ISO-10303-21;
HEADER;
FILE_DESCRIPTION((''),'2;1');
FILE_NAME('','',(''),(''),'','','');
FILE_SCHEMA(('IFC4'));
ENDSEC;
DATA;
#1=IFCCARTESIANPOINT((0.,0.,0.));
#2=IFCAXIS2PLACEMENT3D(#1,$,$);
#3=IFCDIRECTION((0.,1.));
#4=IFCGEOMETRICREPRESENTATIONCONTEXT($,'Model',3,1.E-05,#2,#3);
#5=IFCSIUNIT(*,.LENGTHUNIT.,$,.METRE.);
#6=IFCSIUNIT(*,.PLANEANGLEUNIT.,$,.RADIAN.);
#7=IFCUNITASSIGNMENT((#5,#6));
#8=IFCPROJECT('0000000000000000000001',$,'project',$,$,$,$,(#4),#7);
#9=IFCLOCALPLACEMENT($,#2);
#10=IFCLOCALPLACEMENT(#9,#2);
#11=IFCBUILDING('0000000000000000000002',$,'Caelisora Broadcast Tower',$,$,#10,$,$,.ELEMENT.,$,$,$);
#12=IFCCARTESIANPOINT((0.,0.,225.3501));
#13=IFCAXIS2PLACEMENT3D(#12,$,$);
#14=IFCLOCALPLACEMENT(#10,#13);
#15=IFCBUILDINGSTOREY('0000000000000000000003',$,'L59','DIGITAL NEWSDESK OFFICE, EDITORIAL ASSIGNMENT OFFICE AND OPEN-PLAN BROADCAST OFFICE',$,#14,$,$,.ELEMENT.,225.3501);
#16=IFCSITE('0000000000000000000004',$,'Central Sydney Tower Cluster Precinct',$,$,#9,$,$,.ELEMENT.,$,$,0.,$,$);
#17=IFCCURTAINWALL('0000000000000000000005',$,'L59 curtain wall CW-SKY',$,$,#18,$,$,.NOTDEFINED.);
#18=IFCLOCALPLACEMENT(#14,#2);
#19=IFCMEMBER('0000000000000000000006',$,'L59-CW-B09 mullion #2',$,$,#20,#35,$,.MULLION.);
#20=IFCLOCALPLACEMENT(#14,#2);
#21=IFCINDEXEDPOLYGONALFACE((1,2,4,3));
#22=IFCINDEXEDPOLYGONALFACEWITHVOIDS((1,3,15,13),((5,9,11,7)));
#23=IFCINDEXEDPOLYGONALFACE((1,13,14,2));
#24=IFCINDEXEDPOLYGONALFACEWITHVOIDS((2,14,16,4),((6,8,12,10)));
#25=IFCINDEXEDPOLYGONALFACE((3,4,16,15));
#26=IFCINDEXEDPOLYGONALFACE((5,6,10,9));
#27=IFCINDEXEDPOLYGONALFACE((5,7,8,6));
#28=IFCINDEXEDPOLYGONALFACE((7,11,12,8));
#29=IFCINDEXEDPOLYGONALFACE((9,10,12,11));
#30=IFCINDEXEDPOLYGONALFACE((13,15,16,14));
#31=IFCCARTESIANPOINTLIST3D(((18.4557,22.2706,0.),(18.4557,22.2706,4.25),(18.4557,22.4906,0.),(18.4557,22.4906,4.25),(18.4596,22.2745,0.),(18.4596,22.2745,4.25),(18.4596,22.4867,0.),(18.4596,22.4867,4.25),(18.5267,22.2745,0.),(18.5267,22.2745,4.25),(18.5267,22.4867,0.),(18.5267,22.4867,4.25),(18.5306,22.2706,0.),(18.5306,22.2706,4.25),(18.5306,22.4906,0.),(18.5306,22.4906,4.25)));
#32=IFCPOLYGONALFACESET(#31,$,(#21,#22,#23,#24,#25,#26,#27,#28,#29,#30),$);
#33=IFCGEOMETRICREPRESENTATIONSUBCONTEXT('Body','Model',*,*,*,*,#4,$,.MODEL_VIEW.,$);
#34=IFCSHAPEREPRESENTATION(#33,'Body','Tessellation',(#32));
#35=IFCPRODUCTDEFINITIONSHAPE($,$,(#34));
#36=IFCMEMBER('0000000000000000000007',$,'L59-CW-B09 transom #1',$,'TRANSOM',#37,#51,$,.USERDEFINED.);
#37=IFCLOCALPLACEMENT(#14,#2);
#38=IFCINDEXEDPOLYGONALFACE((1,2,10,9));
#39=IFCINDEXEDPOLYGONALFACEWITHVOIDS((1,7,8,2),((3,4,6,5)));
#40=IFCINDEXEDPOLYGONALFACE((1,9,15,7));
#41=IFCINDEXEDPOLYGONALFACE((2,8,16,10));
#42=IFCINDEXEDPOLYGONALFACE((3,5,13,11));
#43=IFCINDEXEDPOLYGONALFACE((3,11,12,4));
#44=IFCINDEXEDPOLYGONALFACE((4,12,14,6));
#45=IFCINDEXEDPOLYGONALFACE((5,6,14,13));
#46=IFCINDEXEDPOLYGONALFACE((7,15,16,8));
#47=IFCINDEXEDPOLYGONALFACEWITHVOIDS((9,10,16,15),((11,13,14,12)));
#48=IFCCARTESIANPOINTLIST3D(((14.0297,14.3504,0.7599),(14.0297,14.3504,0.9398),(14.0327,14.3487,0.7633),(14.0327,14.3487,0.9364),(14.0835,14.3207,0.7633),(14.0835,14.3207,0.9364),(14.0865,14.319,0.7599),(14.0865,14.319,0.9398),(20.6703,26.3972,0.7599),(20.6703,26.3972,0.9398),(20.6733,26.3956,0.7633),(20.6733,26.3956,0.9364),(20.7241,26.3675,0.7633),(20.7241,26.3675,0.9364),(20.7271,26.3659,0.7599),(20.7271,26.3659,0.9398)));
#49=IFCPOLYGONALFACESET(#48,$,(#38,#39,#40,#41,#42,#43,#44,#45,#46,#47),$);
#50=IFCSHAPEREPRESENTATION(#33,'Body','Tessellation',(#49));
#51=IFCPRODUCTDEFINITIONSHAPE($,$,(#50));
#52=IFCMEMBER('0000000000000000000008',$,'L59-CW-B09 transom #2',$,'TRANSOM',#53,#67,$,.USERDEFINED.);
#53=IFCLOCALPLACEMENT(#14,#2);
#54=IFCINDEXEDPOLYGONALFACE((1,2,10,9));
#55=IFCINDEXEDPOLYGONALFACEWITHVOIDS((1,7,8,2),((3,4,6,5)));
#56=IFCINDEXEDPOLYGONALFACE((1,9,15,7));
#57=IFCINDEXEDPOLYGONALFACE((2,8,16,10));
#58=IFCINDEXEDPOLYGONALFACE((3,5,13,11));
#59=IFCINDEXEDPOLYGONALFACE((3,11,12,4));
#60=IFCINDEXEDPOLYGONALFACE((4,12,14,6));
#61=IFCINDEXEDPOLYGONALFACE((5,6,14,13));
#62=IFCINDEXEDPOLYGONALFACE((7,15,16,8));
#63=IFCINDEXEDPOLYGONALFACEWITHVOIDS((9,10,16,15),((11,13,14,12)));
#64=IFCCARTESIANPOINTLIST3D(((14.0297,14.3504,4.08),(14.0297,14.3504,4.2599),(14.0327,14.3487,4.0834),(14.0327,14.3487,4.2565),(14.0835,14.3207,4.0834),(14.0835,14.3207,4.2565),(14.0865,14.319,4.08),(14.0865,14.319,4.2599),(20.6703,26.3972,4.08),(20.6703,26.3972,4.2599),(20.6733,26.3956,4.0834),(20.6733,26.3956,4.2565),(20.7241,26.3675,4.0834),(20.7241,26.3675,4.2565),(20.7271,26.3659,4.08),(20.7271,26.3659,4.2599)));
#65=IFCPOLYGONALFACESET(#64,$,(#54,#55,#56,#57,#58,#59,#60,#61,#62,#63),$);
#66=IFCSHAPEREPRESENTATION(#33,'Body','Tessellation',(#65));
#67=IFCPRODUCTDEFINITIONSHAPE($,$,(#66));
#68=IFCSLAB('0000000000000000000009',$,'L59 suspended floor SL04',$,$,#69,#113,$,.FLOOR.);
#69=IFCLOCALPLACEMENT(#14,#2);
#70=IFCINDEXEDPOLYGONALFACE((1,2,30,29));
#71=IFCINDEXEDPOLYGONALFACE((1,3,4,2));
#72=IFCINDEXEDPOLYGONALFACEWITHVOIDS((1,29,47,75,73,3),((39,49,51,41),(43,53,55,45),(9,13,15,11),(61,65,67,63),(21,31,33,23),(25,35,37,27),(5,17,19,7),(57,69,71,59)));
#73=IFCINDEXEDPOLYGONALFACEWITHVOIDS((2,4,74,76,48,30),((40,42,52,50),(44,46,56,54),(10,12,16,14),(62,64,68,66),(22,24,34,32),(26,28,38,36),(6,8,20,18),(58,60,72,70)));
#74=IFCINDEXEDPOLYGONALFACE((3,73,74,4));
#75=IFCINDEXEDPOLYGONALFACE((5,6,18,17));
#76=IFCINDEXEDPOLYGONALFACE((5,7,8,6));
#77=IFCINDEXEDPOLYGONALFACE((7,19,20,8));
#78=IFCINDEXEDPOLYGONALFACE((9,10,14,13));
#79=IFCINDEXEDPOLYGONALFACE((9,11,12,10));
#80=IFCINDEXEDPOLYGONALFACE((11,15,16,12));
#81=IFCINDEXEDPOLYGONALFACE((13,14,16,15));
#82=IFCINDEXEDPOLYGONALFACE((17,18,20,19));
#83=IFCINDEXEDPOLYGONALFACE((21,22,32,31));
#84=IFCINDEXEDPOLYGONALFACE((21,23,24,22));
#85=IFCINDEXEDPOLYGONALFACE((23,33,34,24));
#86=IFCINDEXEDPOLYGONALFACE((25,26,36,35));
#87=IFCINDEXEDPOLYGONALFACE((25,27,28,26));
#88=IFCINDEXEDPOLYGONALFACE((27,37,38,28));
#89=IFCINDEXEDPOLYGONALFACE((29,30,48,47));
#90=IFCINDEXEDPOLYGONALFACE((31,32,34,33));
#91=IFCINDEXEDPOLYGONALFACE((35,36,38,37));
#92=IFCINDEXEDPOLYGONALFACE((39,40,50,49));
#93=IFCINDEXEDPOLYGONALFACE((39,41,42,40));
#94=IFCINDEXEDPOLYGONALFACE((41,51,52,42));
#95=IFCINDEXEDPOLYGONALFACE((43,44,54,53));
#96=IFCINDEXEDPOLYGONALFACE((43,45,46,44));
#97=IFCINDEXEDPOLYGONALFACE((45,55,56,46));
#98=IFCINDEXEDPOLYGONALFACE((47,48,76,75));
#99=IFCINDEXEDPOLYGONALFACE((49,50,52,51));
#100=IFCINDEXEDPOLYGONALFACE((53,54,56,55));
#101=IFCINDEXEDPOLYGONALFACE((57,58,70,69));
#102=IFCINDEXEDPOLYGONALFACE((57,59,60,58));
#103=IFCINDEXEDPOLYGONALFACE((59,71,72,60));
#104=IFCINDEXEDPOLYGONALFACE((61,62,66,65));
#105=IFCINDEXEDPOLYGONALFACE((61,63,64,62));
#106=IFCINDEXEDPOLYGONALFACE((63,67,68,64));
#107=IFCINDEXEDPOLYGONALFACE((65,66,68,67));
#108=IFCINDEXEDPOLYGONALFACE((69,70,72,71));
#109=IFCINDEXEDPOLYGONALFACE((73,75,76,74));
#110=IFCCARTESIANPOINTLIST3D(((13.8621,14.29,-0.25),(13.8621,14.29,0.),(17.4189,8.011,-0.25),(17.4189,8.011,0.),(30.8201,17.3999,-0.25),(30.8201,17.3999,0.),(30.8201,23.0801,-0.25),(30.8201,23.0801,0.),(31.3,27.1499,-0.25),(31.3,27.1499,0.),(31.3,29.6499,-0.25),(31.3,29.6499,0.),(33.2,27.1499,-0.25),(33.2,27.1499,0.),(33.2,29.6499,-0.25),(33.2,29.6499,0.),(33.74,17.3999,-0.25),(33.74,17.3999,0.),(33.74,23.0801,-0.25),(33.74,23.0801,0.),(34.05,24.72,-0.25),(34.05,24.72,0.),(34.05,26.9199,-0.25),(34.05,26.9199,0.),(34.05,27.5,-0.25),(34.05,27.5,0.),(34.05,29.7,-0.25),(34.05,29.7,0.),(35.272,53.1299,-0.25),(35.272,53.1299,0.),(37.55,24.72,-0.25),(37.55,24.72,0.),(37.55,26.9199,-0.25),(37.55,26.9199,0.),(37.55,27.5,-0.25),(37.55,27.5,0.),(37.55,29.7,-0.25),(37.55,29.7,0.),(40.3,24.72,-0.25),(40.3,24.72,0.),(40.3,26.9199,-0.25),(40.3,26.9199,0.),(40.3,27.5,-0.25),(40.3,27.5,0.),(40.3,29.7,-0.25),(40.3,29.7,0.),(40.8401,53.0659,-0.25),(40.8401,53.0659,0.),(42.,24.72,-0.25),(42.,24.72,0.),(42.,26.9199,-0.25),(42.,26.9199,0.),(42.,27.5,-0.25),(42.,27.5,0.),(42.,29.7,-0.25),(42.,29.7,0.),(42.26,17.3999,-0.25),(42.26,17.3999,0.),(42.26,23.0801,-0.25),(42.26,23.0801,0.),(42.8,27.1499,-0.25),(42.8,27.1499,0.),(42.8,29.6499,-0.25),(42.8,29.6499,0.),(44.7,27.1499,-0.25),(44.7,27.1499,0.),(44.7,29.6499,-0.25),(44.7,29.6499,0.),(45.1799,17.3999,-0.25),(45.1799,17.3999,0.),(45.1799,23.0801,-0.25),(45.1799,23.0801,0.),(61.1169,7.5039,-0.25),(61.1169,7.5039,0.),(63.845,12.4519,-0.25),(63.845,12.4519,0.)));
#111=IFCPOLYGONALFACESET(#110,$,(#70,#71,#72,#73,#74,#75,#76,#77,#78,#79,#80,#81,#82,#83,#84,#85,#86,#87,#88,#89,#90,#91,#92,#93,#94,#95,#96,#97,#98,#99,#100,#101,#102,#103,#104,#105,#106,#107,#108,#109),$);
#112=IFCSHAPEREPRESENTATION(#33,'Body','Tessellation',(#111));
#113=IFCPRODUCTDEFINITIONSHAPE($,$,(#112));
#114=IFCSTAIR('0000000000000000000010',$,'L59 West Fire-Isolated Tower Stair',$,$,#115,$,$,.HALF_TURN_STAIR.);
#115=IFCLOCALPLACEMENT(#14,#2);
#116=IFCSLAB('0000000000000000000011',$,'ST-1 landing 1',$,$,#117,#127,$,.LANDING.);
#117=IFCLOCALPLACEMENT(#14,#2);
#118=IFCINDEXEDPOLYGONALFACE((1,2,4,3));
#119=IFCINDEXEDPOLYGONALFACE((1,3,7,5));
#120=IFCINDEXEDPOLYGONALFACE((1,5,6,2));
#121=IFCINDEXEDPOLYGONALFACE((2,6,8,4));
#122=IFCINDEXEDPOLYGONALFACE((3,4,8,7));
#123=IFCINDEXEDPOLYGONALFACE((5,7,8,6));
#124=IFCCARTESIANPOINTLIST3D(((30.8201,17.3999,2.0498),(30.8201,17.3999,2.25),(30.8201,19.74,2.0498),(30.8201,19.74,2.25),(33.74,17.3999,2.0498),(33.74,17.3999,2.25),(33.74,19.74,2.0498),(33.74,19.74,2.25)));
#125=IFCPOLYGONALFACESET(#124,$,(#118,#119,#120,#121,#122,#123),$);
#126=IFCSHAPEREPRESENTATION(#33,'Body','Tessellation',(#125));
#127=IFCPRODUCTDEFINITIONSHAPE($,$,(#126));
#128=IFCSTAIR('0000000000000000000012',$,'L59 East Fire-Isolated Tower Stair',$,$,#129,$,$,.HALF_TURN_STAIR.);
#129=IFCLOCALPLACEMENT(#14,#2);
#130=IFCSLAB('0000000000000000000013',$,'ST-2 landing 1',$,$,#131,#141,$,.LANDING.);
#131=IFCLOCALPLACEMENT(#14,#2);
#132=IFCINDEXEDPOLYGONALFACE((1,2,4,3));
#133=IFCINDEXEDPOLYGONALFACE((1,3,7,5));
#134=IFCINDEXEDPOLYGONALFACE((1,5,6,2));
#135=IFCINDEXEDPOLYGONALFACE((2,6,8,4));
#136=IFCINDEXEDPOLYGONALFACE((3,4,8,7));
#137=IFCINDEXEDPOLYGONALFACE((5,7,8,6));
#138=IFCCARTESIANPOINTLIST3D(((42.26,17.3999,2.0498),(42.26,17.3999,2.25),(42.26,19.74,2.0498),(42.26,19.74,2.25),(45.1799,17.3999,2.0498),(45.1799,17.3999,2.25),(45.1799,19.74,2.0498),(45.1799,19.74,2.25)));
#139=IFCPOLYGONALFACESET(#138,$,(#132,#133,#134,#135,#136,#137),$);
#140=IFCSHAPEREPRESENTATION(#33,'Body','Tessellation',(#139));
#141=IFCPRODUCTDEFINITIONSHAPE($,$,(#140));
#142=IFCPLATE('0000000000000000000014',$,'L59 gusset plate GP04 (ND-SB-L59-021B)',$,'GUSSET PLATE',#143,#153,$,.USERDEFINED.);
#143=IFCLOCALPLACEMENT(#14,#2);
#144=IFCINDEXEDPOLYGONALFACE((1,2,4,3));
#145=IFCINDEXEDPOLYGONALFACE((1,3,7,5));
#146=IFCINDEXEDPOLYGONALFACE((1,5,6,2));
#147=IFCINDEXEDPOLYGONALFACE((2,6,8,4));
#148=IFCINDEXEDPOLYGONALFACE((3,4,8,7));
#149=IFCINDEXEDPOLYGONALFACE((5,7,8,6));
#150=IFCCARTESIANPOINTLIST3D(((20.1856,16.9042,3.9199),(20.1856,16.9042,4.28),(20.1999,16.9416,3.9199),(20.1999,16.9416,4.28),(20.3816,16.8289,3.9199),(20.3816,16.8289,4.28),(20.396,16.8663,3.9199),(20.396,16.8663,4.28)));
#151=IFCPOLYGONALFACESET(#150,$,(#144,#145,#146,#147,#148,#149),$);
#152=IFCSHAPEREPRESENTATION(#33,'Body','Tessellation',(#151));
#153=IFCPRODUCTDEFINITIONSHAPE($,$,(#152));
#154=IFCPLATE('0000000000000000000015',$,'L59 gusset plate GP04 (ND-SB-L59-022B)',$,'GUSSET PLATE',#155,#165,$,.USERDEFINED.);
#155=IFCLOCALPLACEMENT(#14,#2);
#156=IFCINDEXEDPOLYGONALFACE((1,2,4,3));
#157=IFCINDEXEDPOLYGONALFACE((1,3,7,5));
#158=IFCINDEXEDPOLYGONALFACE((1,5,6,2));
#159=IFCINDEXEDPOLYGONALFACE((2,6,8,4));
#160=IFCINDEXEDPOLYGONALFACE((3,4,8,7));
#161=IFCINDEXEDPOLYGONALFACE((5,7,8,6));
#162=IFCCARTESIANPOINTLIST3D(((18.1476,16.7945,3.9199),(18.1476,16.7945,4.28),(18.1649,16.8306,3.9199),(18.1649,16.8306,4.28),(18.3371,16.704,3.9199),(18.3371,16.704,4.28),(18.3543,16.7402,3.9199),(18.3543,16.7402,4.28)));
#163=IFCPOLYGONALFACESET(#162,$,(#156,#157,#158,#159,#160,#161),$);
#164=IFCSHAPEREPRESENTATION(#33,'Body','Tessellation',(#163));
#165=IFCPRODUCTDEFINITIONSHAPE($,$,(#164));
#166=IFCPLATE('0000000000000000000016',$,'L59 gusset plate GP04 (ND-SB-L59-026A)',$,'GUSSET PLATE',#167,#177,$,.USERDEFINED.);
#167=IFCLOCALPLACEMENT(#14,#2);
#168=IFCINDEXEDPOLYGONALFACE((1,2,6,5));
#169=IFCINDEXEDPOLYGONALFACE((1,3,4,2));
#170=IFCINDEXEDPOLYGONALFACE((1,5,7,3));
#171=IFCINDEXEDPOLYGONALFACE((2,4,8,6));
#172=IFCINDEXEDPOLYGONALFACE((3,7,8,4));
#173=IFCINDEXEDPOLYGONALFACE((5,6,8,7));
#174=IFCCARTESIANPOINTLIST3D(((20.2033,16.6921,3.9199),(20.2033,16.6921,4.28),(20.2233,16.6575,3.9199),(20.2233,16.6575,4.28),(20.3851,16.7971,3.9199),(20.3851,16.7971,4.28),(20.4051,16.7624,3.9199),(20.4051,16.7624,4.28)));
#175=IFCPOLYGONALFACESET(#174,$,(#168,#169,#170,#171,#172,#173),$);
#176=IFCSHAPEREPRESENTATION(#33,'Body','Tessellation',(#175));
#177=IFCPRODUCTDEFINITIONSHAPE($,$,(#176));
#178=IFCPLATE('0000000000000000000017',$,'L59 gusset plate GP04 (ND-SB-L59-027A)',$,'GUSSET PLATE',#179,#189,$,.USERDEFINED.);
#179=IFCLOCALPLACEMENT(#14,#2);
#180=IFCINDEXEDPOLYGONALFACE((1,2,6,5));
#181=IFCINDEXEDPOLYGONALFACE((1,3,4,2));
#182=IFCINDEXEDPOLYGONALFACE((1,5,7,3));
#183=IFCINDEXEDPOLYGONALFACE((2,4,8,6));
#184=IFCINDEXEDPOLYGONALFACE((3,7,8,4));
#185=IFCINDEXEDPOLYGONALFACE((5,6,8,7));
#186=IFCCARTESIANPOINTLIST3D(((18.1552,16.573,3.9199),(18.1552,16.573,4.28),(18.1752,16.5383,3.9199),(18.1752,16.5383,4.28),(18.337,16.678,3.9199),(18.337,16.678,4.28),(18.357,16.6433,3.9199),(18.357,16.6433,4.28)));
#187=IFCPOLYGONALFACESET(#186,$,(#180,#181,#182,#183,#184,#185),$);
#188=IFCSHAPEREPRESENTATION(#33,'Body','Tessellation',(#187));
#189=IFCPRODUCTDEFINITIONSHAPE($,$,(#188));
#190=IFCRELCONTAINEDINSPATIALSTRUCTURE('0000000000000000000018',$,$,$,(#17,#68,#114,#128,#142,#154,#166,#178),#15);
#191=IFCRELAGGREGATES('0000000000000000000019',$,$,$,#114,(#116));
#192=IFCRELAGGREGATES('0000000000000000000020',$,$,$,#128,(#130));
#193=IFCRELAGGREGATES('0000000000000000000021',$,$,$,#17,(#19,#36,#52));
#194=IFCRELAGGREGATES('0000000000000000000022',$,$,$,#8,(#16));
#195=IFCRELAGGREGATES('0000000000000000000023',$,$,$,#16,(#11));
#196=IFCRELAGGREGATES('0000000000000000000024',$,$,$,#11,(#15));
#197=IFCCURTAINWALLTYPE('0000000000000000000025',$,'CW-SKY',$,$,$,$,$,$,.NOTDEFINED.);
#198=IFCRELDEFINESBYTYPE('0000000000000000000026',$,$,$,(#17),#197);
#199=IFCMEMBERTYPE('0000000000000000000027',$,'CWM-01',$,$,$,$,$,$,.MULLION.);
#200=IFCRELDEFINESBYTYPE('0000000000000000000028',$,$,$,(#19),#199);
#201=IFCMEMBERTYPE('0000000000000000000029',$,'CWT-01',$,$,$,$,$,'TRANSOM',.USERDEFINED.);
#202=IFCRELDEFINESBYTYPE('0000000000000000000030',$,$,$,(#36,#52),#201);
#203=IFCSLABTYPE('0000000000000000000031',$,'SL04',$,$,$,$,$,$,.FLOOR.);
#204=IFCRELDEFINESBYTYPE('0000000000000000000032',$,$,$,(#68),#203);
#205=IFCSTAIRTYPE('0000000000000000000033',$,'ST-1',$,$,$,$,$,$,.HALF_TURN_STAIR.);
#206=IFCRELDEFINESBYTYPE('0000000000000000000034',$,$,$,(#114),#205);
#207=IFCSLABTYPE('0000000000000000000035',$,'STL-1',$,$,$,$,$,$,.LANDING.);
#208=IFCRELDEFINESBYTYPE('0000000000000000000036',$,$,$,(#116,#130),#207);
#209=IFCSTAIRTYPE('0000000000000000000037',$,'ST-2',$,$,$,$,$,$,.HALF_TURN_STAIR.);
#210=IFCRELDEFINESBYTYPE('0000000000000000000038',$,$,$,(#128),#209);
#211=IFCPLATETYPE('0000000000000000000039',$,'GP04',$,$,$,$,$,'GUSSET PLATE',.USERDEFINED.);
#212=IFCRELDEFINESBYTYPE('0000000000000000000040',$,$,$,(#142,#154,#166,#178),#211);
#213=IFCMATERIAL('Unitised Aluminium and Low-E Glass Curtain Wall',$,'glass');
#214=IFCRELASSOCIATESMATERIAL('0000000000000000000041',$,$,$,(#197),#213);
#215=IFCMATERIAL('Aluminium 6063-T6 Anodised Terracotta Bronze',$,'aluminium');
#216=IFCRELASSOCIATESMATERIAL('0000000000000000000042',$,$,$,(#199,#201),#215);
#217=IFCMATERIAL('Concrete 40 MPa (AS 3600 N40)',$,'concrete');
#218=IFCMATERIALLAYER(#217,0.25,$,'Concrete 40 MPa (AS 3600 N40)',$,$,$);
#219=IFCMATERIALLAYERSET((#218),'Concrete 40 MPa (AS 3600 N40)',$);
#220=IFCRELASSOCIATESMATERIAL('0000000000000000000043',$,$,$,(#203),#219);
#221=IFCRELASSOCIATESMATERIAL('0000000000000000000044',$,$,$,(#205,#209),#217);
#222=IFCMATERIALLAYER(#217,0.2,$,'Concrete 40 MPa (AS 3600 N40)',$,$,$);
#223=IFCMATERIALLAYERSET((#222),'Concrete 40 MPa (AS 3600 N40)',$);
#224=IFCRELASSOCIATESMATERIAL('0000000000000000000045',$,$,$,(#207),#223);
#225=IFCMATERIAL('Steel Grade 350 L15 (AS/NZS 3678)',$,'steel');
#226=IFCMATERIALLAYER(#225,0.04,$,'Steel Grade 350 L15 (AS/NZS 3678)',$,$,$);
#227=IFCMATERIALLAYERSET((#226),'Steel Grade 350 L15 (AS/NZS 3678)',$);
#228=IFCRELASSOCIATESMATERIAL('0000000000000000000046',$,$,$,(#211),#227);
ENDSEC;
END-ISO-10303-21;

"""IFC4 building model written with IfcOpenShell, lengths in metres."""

from ifc_helpers import new_model, si_unit, direction, frame, origin, origin_2d, place, context, subcontext, project, spatial, polyline, rectangle, hollow_rectangle, outline, extrude, source, transform, mapped, material, layer, layer_set, material_profile, profile_set, type_object, type_shapes, element, aggregate, save


model = new_model("IFC4")

# Units and contexts
model_context = context("Model", 3, precision=1e-05, world=origin(), true_north=direction((0.0, 1.0)))
body_context = subcontext(model_context, "Body", "Model", "MODEL_VIEW")
ifc_project = project(units=[si_unit("LENGTHUNIT", "METRE"), si_unit("PLANEANGLEUNIT", "RADIAN")], contexts=[model_context])

# Site, building, storey
site_placement = place(None, origin())
site = spatial("IfcSite", under=ifc_project, at=site_placement, Name="Central Sydney Tower Cluster Precinct", CompositionType="ELEMENT", RefElevation=0.0)
building_placement = place(site_placement, origin())
building = spatial("IfcBuilding", under=site, at=building_placement, Name="Caelisora Broadcast Tower", CompositionType="ELEMENT")
storey_placement = place(building_placement, frame((0.0, 0.0, 225.3501)))
storey = spatial("IfcBuildingStorey", under=building, at=storey_placement, Name="L59", Description="DIGITAL NEWSDESK OFFICE, EDITORIAL ASSIGNMENT OFFICE AND OPEN-PLAN BROADCAST OFFICE", CompositionType="ELEMENT", Elevation=225.3501)

# Shared definitions
ifc_material_1 = material(Name="Steel Grade 350 L15 (AS/NZS 3678)", Category="steel")

# Shared definitions
ifc_material_2 = material(Name="Unitised Aluminium and Low-E Glass Curtain Wall", Category="glass")
curtain_wall_type = type_object("IfcCurtainWallType", Name="CW-SKY", PredefinedType="NOTDEFINED", material=ifc_material_2)
ifc_material_3 = material(Name="Aluminium 6063-T6 Anodised Terracotta Bronze", Category="aluminium")
ifc_material_profile_1 = material_profile(ifc_material_3, hollow_rectangle(XDim=0.075, YDim=0.22, WallThickness=0.0039, at=origin_2d()), Name="Aluminium 6063-T6 Anodised Terracotta Bronze")
ifc_profile_set_1 = profile_set([ifc_material_profile_1], Name="Aluminium 6063-T6 Anodised Terracotta Bronze")
member_type_1 = type_object("IfcMemberType", Name="CWM-01", PredefinedType="MULLION", material=ifc_profile_set_1)
shared_shape_1 = source(origin(), body_context, "Body", "SweptSolid", [
    extrude(hollow_rectangle(XDim=0.075, YDim=0.22, WallThickness=0.0039, at=origin_2d()), origin(), (0.0, 0.0, 1.0), 4.25),
])
type_shapes(member_type_1, [shared_shape_1])

# Curtain wall, members
curtain_wall_1_placement = place(storey_placement, origin())
curtain_wall_1 = element("IfcCurtainWall", 1, at=curtain_wall_1_placement, inside=storey, type_object=curtain_wall_type, Name="L59 curtain wall CW-SKY", PredefinedType="NOTDEFINED")
member_1_placement = place(storey_placement, frame((18.4932, 22.3806, 0.0), z_axis=(0.0, 0.0, 1.0), x_axis=(1.0, 0.0, 0.0)))
member_1 = element("IfcMember", 2, at=member_1_placement, type_object=member_type_1, Name="L59-CW-B09 mullion #2", PredefinedType="MULLION", context=body_context, shape_type="MappedRepresentation", body=[
    mapped(shared_shape_1, transform((0.0, 0.0, 0.0), scale=1.0)),
])
ifc_material_profile_2 = material_profile(ifc_material_3, hollow_rectangle(XDim=0.0649, YDim=0.1799, WallThickness=0.0034, at=origin_2d()), Name="Aluminium 6063-T6 Anodised Terracotta Bronze")
ifc_profile_set_2 = profile_set([ifc_material_profile_2], Name="Aluminium 6063-T6 Anodised Terracotta Bronze")
member_type_2 = type_object("IfcMemberType", Name="CWT-01", ElementType="TRANSOM", PredefinedType="USERDEFINED", material=ifc_profile_set_2)
shared_shape_2 = source(origin(), body_context, "Body", "SweptSolid", [
    extrude(hollow_rectangle(XDim=0.0649, YDim=0.1799, WallThickness=0.0034, at=origin_2d()), origin(), (0.0, 0.0, 1.0), 13.7559),
])
type_shapes(member_type_2, [shared_shape_2])
member_2_placement = place(storey_placement, frame((14.0581, 14.3347, 0.8499), z_axis=(0.482747, 0.87576, 0.0), x_axis=(-0.87576, 0.482747, 0.0)))
member_2 = element("IfcMember", 3, at=member_2_placement, type_object=member_type_2, Name="L59-CW-B09 transom #1", ObjectType="TRANSOM", PredefinedType="USERDEFINED", context=body_context, shape_type="MappedRepresentation", body=[
    mapped(shared_shape_2, transform((0.0, 0.0, 0.0), scale=1.0)),
])
member_3_placement = place(storey_placement, frame((14.0581, 14.3347, 4.1699), z_axis=(0.482747, 0.87576, 0.0), x_axis=(-0.87576, 0.482747, 0.0)))
member_3 = element("IfcMember", 4, at=member_3_placement, type_object=member_type_2, Name="L59-CW-B09 transom #2", ObjectType="TRANSOM", PredefinedType="USERDEFINED", context=body_context, shape_type="MappedRepresentation", body=[
    mapped(shared_shape_2, transform((0.0, 0.0, 0.0), scale=1.0)),
])

# Slab
ifc_material_4 = material(Name="Concrete 40 MPa (AS 3600 N40)", Category="concrete")
ifc_layer_1 = layer(ifc_material_4, 0.25, Name="Concrete 40 MPa (AS 3600 N40)")
ifc_layer_set_1 = layer_set([ifc_layer_1], Name="Concrete 40 MPa (AS 3600 N40)")
slab_type_1 = type_object("IfcSlabType", Name="SL04", PredefinedType="FLOOR", material=ifc_layer_set_1)
slab_1_placement = place(storey_placement, frame((0.0, 0.0, -0.25)))
element("IfcSlab", 5, at=slab_1_placement, inside=storey, type_object=slab_type_1, Name="L59 suspended floor SL04", PredefinedType="FLOOR", context=body_context, shape_type="SweptSolid", body=[
    extrude(outline(polyline([(40.8401, 53.0659), (35.272, 53.1299), (13.8621, 14.29), (17.4189, 8.011), (61.1169, 7.5039), (63.845, 12.4519), (40.8401, 53.0659)]), holes=[polyline([(30.8201, 17.3999), (33.74, 17.3999), (33.74, 23.0801), (30.8201, 23.0801), (30.8201, 17.3999)]), polyline([(42.26, 17.3999), (45.1799, 17.3999), (45.1799, 23.0801), (42.26, 23.0801), (42.26, 17.3999)]), polyline([(42.8, 27.1499), (44.7, 27.1499), (44.7, 29.6499), (42.8, 29.6499), (42.8, 27.1499)]), polyline([(40.3, 24.72), (42.0, 24.72), (42.0, 26.9199), (40.3, 26.9199), (40.3, 24.72)]), polyline([(40.3, 27.5), (42.0, 27.5), (42.0, 29.7), (40.3, 29.7), (40.3, 27.5)]), polyline([(34.05, 24.72), (37.55, 24.72), (37.55, 26.9199), (34.05, 26.9199), (34.05, 24.72)]), polyline([(34.05, 27.5), (37.55, 27.5), (37.55, 29.7), (34.05, 29.7), (34.05, 27.5)]), polyline([(31.3, 27.1499), (33.2, 27.1499), (33.2, 29.6499), (31.3, 29.6499), (31.3, 27.1499)])]), origin(), (0.0, 0.0, 1.0), 0.25),
])

# Stairs, slabs
stair_type_1 = type_object("IfcStairType", Name="ST-1", PredefinedType="HALF_TURN_STAIR", material=ifc_material_4)
stair_1_placement = place(storey_placement, origin())
stair_1 = element("IfcStair", 6, at=stair_1_placement, inside=storey, type_object=stair_type_1, Name="L59 West Fire-Isolated Tower Stair", PredefinedType="HALF_TURN_STAIR")
ifc_layer_2 = layer(ifc_material_4, 0.2, Name="Concrete 40 MPa (AS 3600 N40)")
ifc_layer_set_2 = layer_set([ifc_layer_2], Name="Concrete 40 MPa (AS 3600 N40)")
slab_type_2 = type_object("IfcSlabType", Name="STL-1", PredefinedType="LANDING", material=ifc_layer_set_2)
slab_2_placement = place(storey_placement, frame((0.0, 0.0, 2.0498)))
slab_2 = element("IfcSlab", 7, at=slab_2_placement, type_object=slab_type_2, Name="ST-1 landing 1", PredefinedType="LANDING", context=body_context, shape_type="SweptSolid", body=[
    extrude(outline(polyline([(30.8201, 19.74), (30.8201, 17.3999), (33.74, 17.3999), (33.74, 19.74), (30.8201, 19.74)])), origin(), (0.0, 0.0, 1.0), 0.2002),
])
aggregate(stair_1, [slab_2])
stair_type_2 = type_object("IfcStairType", Name="ST-2", PredefinedType="HALF_TURN_STAIR", material=ifc_material_4)
stair_2_placement = place(storey_placement, origin())
stair_2 = element("IfcStair", 8, at=stair_2_placement, inside=storey, type_object=stair_type_2, Name="L59 East Fire-Isolated Tower Stair", PredefinedType="HALF_TURN_STAIR")
slab_3_placement = place(storey_placement, frame((0.0, 0.0, 2.0498)))
slab_3 = element("IfcSlab", 9, at=slab_3_placement, type_object=slab_type_2, Name="ST-2 landing 1", PredefinedType="LANDING", context=body_context, shape_type="SweptSolid", body=[
    extrude(outline(polyline([(42.26, 19.74), (42.26, 17.3999), (45.1799, 17.3999), (45.1799, 19.74), (42.26, 19.74)])), origin(), (0.0, 0.0, 1.0), 0.2002),
])
aggregate(stair_2, [slab_3])

# Plates
ifc_layer_3 = layer(ifc_material_1, 0.04, Name="Steel Grade 350 L15 (AS/NZS 3678)")
ifc_layer_set_3 = layer_set([ifc_layer_3], Name="Steel Grade 350 L15 (AS/NZS 3678)")
plate_type_1 = type_object("IfcPlateType", Name="GP04", ElementType="GUSSET PLATE", PredefinedType="USERDEFINED", material=ifc_layer_set_3)
shared_shape_3 = source(origin(), body_context, "Body", "SweptSolid", [
    extrude(rectangle(XDim=0.21, YDim=0.04, at=origin_2d()), origin(), (0.0, 0.0, 1.0), 0.3601),
])
type_shapes(plate_type_1, [shared_shape_3])
for number, where, z_axis, x_axis, name in (
    (10, (20.2908, 16.8853, 3.9199), (0.0, 0.0, 1.0), (0.933518, -0.358531, 0.0), "L59 gusset plate GP04 (ND-SB-L59-021B)"),
    (11, (18.251, 16.7673, 3.9199), (0.0, 0.0, 1.0), (0.902435, -0.430826, 0.0), "L59 gusset plate GP04 (ND-SB-L59-022B)"),
    (12, (20.3042, 16.7273, 3.9199), (0.0, 0.0, 1.0), (0.866025, 0.5, 0.0), "L59 gusset plate GP04 (ND-SB-L59-026A)"),
    (13, (18.2561, 16.6082, 3.9199), (0.0, 0.0, 1.0), (0.866025, 0.5, 0.0), "L59 gusset plate GP04 (ND-SB-L59-027A)"),
):
    element("IfcPlate", number, at=place(storey_placement, frame(where, z_axis=z_axis, x_axis=x_axis)), inside=storey, type_object=plate_type_1, Name=name, ObjectType="GUSSET PLATE", PredefinedType="USERDEFINED", context=body_context, shape_type="MappedRepresentation", body=[
        mapped(shared_shape_3, transform((0.0, 0.0, 0.0), scale=1.0)),
    ])

aggregate(curtain_wall_1, [member_1, member_2, member_3])

save(model, "model.ifc")
